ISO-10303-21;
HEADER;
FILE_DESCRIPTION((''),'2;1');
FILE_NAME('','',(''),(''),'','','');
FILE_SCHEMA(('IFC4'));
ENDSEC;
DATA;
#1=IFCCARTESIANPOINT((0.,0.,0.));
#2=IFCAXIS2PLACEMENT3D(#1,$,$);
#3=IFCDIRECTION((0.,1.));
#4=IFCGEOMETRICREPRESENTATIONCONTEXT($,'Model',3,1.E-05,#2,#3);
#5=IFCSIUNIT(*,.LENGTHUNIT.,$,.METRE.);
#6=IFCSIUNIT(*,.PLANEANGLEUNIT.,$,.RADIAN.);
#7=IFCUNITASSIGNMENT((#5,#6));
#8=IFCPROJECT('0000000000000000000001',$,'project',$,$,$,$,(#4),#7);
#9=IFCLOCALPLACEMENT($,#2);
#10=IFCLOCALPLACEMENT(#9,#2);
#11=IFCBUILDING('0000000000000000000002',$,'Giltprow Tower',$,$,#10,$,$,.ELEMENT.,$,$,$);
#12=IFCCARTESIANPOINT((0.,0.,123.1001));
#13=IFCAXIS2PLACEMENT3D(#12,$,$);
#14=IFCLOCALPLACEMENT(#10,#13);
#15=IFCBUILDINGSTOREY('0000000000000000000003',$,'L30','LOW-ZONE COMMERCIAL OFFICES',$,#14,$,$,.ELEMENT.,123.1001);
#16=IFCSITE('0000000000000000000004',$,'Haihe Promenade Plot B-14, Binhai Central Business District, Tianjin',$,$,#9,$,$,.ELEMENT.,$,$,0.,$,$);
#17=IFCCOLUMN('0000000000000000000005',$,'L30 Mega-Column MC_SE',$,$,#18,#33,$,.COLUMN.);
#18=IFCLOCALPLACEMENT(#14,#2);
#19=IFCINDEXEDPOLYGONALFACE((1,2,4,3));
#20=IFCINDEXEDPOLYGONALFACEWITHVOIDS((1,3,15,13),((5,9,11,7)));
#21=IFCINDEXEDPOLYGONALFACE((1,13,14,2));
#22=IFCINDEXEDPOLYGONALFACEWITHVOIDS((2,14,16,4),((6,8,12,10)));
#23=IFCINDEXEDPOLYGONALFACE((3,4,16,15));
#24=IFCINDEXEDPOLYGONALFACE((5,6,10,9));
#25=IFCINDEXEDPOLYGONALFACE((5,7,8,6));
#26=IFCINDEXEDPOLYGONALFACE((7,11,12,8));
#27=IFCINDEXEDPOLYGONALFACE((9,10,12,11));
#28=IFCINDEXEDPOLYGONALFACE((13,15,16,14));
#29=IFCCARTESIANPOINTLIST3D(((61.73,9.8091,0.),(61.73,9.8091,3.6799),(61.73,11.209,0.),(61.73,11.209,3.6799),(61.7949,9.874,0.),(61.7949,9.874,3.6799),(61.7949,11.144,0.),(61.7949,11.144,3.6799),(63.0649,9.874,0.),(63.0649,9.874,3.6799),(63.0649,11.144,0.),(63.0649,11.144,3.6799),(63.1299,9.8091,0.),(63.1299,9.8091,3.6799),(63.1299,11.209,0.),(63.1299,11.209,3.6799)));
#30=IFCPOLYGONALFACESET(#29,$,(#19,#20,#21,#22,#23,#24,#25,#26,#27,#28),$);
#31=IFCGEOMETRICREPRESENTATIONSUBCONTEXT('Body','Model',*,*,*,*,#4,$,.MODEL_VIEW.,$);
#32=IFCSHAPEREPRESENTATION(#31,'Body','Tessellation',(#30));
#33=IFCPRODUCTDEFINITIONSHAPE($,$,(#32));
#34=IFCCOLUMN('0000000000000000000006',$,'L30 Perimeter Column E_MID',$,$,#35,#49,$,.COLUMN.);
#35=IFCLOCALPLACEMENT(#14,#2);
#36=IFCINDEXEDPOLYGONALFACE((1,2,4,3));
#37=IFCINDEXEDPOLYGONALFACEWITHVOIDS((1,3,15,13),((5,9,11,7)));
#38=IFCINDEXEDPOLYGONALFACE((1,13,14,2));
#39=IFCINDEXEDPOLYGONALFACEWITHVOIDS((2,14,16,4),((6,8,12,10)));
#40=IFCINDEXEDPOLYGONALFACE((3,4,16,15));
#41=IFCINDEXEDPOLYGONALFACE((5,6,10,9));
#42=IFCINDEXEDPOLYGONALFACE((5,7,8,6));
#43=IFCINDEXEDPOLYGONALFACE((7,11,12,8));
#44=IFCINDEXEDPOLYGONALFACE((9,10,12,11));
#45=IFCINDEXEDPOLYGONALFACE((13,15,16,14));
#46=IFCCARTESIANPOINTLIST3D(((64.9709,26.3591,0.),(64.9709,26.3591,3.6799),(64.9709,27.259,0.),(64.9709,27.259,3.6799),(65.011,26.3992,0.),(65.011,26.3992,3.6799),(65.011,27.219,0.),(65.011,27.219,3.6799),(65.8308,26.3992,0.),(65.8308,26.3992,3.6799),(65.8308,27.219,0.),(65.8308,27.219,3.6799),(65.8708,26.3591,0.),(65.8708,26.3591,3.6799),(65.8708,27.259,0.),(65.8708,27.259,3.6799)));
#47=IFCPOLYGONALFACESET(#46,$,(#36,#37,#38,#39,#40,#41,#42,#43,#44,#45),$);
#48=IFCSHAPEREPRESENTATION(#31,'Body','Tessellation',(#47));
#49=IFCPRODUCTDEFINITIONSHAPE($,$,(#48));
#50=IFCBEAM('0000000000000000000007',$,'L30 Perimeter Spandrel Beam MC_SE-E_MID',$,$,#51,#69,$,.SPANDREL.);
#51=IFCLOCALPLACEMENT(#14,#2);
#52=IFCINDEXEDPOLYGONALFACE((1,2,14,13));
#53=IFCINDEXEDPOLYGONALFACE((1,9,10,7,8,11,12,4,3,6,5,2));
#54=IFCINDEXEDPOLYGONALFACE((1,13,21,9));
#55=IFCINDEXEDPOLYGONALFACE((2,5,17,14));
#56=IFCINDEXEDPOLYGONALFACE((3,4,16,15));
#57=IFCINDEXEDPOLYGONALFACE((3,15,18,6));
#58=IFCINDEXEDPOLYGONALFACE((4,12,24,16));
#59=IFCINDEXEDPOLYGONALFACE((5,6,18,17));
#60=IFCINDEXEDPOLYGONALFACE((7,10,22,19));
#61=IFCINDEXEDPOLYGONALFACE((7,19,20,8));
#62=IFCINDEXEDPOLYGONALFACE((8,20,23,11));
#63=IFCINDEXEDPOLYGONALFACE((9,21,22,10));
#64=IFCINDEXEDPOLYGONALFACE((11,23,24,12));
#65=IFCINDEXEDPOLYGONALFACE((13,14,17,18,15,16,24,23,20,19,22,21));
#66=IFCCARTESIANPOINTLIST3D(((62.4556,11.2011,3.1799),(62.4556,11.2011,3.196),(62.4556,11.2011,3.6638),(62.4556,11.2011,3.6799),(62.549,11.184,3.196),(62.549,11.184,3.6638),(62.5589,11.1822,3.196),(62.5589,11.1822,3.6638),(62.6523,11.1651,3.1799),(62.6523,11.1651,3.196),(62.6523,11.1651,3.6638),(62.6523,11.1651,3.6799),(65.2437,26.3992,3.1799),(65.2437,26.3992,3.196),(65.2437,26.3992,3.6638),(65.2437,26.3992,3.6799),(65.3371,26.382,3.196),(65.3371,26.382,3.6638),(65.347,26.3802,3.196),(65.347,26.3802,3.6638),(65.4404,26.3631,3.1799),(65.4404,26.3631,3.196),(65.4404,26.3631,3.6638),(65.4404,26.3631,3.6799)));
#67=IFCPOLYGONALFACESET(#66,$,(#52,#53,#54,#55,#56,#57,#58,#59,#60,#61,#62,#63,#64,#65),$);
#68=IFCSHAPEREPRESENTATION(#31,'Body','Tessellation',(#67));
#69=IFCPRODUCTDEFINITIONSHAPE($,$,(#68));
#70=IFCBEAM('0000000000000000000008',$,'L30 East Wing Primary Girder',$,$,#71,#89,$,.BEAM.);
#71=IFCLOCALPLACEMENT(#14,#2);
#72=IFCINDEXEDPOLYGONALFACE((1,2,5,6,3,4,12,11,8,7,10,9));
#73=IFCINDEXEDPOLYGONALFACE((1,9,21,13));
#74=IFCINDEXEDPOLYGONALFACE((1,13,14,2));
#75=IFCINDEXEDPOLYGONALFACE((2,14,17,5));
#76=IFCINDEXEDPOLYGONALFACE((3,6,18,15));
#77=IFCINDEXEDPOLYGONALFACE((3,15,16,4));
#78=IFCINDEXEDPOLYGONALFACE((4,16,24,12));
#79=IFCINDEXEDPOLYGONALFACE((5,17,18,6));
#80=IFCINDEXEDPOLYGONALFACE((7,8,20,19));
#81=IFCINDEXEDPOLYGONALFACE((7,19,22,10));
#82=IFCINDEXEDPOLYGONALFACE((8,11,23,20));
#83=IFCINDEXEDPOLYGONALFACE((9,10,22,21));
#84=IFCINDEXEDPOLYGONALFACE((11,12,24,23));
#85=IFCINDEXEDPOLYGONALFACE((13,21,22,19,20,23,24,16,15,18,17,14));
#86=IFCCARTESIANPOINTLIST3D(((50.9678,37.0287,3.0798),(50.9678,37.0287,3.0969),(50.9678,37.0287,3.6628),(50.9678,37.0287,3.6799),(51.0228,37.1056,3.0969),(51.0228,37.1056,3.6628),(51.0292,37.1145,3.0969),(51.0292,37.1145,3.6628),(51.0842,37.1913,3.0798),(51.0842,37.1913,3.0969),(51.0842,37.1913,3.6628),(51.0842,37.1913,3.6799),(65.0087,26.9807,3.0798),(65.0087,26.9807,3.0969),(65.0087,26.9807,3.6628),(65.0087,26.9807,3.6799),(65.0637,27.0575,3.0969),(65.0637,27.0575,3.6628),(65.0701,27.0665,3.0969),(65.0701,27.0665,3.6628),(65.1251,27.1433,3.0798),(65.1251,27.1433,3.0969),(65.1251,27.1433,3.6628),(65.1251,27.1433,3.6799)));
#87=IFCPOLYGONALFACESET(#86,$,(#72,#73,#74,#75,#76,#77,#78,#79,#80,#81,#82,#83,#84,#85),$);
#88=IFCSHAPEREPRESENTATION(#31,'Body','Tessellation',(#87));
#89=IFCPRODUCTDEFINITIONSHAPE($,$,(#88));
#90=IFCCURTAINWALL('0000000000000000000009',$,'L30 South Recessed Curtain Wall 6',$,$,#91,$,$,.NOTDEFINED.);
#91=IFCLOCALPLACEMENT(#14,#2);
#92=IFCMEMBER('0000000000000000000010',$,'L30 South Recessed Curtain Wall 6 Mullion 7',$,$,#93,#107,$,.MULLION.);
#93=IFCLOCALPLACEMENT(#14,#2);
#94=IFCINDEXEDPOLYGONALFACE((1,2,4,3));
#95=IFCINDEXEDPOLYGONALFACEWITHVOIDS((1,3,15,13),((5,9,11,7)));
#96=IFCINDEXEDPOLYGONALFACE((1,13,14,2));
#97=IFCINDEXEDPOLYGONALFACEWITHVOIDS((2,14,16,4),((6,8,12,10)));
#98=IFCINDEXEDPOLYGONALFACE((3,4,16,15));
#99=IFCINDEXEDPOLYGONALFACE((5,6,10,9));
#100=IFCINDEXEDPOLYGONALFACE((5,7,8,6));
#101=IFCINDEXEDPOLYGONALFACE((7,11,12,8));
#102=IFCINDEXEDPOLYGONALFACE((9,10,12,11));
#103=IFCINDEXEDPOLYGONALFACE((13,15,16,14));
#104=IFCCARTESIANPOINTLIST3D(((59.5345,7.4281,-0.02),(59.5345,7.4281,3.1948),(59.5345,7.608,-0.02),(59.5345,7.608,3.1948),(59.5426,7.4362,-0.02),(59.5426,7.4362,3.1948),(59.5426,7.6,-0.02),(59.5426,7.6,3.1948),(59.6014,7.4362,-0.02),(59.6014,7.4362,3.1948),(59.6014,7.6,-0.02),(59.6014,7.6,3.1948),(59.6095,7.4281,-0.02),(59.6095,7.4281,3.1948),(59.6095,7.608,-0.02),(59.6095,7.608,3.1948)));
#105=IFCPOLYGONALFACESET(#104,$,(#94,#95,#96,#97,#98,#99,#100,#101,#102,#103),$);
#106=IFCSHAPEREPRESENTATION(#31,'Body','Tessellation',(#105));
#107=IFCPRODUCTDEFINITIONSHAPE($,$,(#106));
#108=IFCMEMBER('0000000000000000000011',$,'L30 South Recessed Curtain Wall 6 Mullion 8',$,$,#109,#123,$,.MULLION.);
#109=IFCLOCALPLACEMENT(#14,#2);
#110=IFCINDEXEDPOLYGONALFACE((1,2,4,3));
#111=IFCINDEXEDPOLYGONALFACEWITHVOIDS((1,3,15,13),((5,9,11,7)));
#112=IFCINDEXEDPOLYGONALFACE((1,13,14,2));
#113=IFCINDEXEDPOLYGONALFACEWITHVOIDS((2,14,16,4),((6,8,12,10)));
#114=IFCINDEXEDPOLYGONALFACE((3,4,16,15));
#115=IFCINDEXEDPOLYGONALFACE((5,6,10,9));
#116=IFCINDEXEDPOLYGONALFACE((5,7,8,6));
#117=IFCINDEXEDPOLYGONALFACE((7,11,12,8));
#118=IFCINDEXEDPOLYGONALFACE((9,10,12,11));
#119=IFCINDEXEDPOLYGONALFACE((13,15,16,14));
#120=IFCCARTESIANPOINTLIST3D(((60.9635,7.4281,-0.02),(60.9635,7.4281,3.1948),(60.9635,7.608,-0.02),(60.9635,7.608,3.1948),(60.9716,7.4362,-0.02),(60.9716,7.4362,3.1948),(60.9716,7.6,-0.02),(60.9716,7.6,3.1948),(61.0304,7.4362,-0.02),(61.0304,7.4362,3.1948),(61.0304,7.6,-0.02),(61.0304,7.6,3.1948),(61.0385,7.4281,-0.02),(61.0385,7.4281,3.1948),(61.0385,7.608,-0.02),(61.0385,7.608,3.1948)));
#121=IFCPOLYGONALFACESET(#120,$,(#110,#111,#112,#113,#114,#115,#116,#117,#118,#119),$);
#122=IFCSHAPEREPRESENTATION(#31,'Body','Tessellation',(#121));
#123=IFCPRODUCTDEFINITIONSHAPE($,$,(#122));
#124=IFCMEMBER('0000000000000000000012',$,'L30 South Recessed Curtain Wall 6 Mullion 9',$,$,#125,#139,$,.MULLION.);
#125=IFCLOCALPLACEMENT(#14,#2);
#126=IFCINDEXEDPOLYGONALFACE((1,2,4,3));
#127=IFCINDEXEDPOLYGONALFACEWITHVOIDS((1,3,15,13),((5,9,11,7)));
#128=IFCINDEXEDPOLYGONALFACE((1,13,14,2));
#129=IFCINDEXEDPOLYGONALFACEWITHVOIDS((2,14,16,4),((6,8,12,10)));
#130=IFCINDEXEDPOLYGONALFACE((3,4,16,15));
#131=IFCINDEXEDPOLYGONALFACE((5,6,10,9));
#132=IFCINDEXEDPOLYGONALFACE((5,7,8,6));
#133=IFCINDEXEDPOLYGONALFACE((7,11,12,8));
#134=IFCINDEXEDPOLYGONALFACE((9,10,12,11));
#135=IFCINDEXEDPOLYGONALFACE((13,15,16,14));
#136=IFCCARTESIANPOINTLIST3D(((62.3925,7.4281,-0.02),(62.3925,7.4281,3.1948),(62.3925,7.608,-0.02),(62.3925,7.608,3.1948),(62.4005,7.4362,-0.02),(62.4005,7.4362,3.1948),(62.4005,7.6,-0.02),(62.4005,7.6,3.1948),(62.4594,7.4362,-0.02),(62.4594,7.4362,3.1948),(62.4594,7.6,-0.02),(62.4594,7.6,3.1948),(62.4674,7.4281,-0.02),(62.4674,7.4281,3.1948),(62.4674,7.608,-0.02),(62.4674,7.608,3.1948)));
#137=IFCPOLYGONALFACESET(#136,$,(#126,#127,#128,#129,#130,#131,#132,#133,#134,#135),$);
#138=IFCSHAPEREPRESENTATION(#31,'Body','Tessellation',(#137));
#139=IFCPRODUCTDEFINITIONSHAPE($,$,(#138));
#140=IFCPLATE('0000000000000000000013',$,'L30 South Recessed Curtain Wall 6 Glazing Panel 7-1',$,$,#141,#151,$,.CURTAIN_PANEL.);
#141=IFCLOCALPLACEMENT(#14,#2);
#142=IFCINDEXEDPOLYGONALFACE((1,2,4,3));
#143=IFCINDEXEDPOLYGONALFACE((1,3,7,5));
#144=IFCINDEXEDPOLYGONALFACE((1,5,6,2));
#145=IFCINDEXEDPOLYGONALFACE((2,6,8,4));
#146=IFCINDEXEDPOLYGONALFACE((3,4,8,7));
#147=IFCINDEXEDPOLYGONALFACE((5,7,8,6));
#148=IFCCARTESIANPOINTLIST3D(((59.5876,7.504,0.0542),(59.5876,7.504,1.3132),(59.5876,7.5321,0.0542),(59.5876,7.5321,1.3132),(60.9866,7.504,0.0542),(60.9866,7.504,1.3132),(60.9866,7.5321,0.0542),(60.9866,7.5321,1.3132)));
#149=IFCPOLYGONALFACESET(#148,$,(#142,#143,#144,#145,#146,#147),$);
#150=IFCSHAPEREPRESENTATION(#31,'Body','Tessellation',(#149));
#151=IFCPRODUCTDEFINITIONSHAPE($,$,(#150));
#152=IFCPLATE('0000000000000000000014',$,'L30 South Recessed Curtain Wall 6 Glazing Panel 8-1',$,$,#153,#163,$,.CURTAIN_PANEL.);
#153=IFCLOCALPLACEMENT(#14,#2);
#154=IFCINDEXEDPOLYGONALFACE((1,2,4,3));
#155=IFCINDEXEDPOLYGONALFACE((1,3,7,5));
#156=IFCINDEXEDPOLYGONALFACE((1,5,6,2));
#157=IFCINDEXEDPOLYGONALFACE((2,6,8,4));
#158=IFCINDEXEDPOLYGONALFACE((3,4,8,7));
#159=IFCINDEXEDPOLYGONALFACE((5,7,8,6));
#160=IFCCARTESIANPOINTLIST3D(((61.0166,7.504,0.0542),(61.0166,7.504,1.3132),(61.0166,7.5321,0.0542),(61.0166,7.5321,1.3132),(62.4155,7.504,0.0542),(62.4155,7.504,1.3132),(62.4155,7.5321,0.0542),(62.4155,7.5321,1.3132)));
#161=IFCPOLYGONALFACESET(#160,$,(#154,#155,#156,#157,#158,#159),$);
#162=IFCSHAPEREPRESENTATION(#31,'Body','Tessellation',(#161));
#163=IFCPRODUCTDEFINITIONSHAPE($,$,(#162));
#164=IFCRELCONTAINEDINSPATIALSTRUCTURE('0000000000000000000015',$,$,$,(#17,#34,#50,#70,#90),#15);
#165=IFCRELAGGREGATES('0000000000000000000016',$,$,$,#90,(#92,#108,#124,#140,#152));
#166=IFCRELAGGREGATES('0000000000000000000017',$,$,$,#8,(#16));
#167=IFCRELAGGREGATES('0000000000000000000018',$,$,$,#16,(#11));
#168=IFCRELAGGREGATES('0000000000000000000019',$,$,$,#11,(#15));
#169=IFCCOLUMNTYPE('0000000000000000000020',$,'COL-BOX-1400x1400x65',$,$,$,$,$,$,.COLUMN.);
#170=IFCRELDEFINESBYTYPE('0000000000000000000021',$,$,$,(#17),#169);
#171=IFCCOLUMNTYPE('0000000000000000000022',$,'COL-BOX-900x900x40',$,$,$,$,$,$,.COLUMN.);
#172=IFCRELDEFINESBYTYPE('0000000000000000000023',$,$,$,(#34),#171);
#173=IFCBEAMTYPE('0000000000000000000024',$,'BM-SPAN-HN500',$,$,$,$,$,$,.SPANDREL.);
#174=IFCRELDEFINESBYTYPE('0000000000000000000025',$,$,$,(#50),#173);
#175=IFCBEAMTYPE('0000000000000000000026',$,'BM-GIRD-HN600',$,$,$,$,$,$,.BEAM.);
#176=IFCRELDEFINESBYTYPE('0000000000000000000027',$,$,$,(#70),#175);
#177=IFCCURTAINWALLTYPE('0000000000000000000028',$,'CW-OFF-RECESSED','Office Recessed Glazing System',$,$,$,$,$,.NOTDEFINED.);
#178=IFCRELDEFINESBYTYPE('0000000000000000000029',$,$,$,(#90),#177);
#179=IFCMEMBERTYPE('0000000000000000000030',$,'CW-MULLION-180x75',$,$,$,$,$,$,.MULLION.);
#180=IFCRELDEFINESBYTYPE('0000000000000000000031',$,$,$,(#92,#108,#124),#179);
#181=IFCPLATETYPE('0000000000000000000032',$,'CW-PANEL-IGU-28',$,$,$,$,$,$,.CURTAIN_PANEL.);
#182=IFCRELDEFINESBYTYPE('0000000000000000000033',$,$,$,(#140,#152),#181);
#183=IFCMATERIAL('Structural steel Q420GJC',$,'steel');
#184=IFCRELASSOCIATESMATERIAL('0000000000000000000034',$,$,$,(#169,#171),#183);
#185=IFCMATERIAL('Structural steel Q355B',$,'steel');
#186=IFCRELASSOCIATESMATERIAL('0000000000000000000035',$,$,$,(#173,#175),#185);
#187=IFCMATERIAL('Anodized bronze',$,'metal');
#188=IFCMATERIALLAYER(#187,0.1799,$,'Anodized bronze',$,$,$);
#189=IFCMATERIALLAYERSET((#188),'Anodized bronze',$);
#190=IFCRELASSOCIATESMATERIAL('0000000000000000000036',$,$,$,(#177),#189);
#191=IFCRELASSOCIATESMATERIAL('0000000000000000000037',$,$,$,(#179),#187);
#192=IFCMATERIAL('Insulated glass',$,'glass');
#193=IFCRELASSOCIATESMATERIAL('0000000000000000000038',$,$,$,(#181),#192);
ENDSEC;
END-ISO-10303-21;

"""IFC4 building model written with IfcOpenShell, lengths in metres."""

from ifc_helpers import new_model, si_unit, direction, frame, origin, origin_2d, place, context, subcontext, project, spatial, rectangle, hollow_rectangle, i_section, extrude, source, transform, mapped, material, layer, layer_set, material_profile, profile_set, type_object, element, aggregate, save


model = new_model("IFC4")

# Units and contexts
model_context = context("Model", 3, precision=1e-05, world=origin(), true_north=direction((0.0, 1.0)))
body_context = subcontext(model_context, "Body", "Model", "MODEL_VIEW")
ifc_project = project(units=[si_unit("LENGTHUNIT", "METRE"), si_unit("PLANEANGLEUNIT", "RADIAN")], contexts=[model_context])

# Site, building, storey
site_placement = place(None, origin())
site = spatial("IfcSite", under=ifc_project, at=site_placement, Name="Haihe Promenade Plot B-14, Binhai Central Business District, Tianjin", CompositionType="ELEMENT", RefElevation=0.0)
building_placement = place(site_placement, origin())
building = spatial("IfcBuilding", under=site, at=building_placement, Name="Giltprow Tower", CompositionType="ELEMENT")
storey_placement = place(building_placement, frame((0.0, 0.0, 123.1001)))
storey = spatial("IfcBuildingStorey", under=building, at=storey_placement, Name="L30", Description="LOW-ZONE COMMERCIAL OFFICES", CompositionType="ELEMENT", Elevation=123.1001)

# Columns
ifc_material_1 = material(Name="Structural steel Q420GJC", Category="steel")
ifc_material_profile_1 = material_profile(ifc_material_1, hollow_rectangle(XDim=1.3999, YDim=1.3999, WallThickness=0.0649, at=origin_2d()), Name="BOX 1400x1400x65")
ifc_profile_set_1 = profile_set([ifc_material_profile_1], Name="Structural steel Q420GJC")
column_type_1 = type_object("IfcColumnType", Name="COL-BOX-1400x1400x65", PredefinedType="COLUMN", material=ifc_profile_set_1)
shared_shape_1 = source(origin(), body_context, "Body", "SweptSolid", [
    extrude(hollow_rectangle(XDim=1.3999, YDim=1.3999, WallThickness=0.0649, at=origin_2d()), origin(), (0.0, 0.0, 1.0), 3.6799),
])
column_1_placement = place(storey_placement, frame((62.4299, 10.509, 0.0), z_axis=(0.0, 0.0, 1.0), x_axis=(1.0, 0.0, 0.0)))
element("IfcColumn", 1, at=column_1_placement, inside=storey, type_object=column_type_1, Name="L30 Mega-Column MC_SE", PredefinedType="COLUMN", context=body_context, shape_type="MappedRepresentation", body=[
    mapped(shared_shape_1, transform((0.0, 0.0, 0.0), x_axis=(1.0, 0.0, 0.0), y_axis=(0.0, 1.0, 0.0), z_axis=(0.0, 0.0, 1.0), scale=1.0)),
])
ifc_material_profile_2 = material_profile(ifc_material_1, hollow_rectangle(XDim=0.8999, YDim=0.8999, WallThickness=0.04, at=origin_2d()), Name="BOX 900x900x40")
ifc_profile_set_2 = profile_set([ifc_material_profile_2], Name="Structural steel Q420GJC")
column_type_2 = type_object("IfcColumnType", Name="COL-BOX-900x900x40", PredefinedType="COLUMN", material=ifc_profile_set_2)
shared_shape_2 = source(origin(), body_context, "Body", "SweptSolid", [
    extrude(hollow_rectangle(XDim=0.8999, YDim=0.8999, WallThickness=0.04, at=origin_2d()), origin(), (0.0, 0.0, 1.0), 3.6799),
])
column_2_placement = place(storey_placement, frame((65.4209, 26.8091, 0.0), z_axis=(0.0, 0.0, 1.0), x_axis=(1.0, 0.0, 0.0)))
element("IfcColumn", 2, at=column_2_placement, inside=storey, type_object=column_type_2, Name="L30 Perimeter Column E_MID", PredefinedType="COLUMN", context=body_context, shape_type="MappedRepresentation", body=[
    mapped(shared_shape_2, transform((0.0, 0.0, 0.0), x_axis=(1.0, 0.0, 0.0), y_axis=(0.0, 1.0, 0.0), z_axis=(0.0, 0.0, 1.0), scale=1.0)),
])

# Beams
ifc_material_2 = material(Name="Structural steel Q355B", Category="steel")
ifc_material_profile_3 = material_profile(ifc_material_2, i_section(OverallWidth=0.2, OverallDepth=0.5, WebThickness=0.01, FlangeThickness=0.0161, at=origin_2d()), Name="HN 500x200x10x16")
ifc_profile_set_3 = profile_set([ifc_material_profile_3], Name="Structural steel Q355B")
beam_type_1 = type_object("IfcBeamType", Name="BM-SPAN-HN500", PredefinedType="SPANDREL", material=ifc_profile_set_3)
shared_shape_3 = source(origin(), body_context, "Body", "SweptSolid", [
    extrude(i_section(OverallWidth=0.2, OverallDepth=0.5, WebThickness=0.01, FlangeThickness=0.0161, at=origin_2d()), origin(), (0.0, 0.0, 1.0), 15.4517),
])
beam_1_placement = place(storey_placement, frame((62.554, 11.1831, 3.4299), z_axis=(0.18044, 0.983586, 0.0), x_axis=(-0.983586, 0.18044, 0.0)))
element("IfcBeam", 3, at=beam_1_placement, inside=storey, type_object=beam_type_1, Name="L30 Perimeter Spandrel Beam MC_SE-E_MID", PredefinedType="SPANDREL", context=body_context, shape_type="MappedRepresentation", body=[
    mapped(shared_shape_3, transform((0.0, 0.0, 0.0), x_axis=(1.0, 0.0, 0.0), y_axis=(0.0, 1.0, 0.0), z_axis=(0.0, 0.0, 1.0), scale=1.0)),
])
ifc_material_profile_4 = material_profile(ifc_material_2, i_section(OverallWidth=0.2, OverallDepth=0.6001, WebThickness=0.011, FlangeThickness=0.0171, at=origin_2d()), Name="HN 600x200x11x17")
ifc_profile_set_4 = profile_set([ifc_material_profile_4], Name="Structural steel Q355B")
beam_type_2 = type_object("IfcBeamType", Name="BM-GIRD-HN600", PredefinedType="BEAM", material=ifc_profile_set_4)
shared_shape_4 = source(origin(), body_context, "Body", "SweptSolid", [
    extrude(i_section(OverallWidth=0.2, OverallDepth=0.6001, WebThickness=0.011, FlangeThickness=0.0171, at=origin_2d()), origin(), (0.0, 0.0, 1.0), 17.2659),
])
beam_2_placement = place(storey_placement, frame((65.0669, 27.062, 3.3799), z_axis=(-0.813218, 0.581959, 0.0), x_axis=(-0.581959, -0.813218, 0.0)))
element("IfcBeam", 4, at=beam_2_placement, inside=storey, type_object=beam_type_2, Name="L30 East Wing Primary Girder", PredefinedType="BEAM", context=body_context, shape_type="MappedRepresentation", body=[
    mapped(shared_shape_4, transform((0.0, 0.0, 0.0), x_axis=(1.0, 0.0, 0.0), y_axis=(0.0, 1.0, 0.0), z_axis=(0.0, 0.0, 1.0), scale=1.0)),
])

# Curtain wall, members, plates
ifc_material_3 = material(Name="Anodized bronze", Category="metal")
ifc_layer_1 = layer(ifc_material_3, 0.1799, Name="Anodized bronze")
ifc_layer_set_1 = layer_set([ifc_layer_1], Name="Anodized bronze")
curtain_wall_type = type_object("IfcCurtainWallType", Name="CW-OFF-RECESSED", Description="Office Recessed Glazing System", PredefinedType="NOTDEFINED", material=ifc_layer_set_1)
curtain_wall_placement = place(storey_placement, origin())
curtain_wall = element("IfcCurtainWall", 5, at=curtain_wall_placement, inside=storey, type_object=curtain_wall_type, Name="L30 South Recessed Curtain Wall 6", PredefinedType="NOTDEFINED")
ifc_material_profile_5 = material_profile(ifc_material_3, hollow_rectangle(XDim=0.075, YDim=0.1799, WallThickness=0.0081, at=origin_2d()), Name="RHS 180x75x8")
ifc_profile_set_5 = profile_set([ifc_material_profile_5], Name="Anodized bronze")
member_type = type_object("IfcMemberType", Name="CW-MULLION-180x75", PredefinedType="MULLION", material=ifc_profile_set_5)
shared_shape_5 = source(origin(), body_context, "Body", "SweptSolid", [
    extrude(hollow_rectangle(XDim=0.075, YDim=0.1799, WallThickness=0.0081, at=origin_2d()), origin(), (0.0, 0.0, 1.0), 3.2148),
])
member_1_placement = place(storey_placement, frame((59.572, 7.5181, -0.02), z_axis=(0.0, 0.0, 1.0), x_axis=(1.0, 0.0, 0.0)))
member_1 = element("IfcMember", 6, at=member_1_placement, type_object=member_type, Name="L30 South Recessed Curtain Wall 6 Mullion 7", PredefinedType="MULLION", context=body_context, shape_type="MappedRepresentation", body=[
    mapped(shared_shape_5, transform((0.0, 0.0, 0.0), x_axis=(1.0, 0.0, 0.0), y_axis=(0.0, 1.0, 0.0), z_axis=(0.0, 0.0, 1.0), scale=1.0)),
])
member_2_placement = place(storey_placement, frame((61.001, 7.5181, -0.02), z_axis=(0.0, 0.0, 1.0), x_axis=(1.0, 0.0, 0.0)))
member_2 = element("IfcMember", 7, at=member_2_placement, type_object=member_type, Name="L30 South Recessed Curtain Wall 6 Mullion 8", PredefinedType="MULLION", context=body_context, shape_type="MappedRepresentation", body=[
    mapped(shared_shape_5, transform((0.0, 0.0, 0.0), x_axis=(1.0, 0.0, 0.0), y_axis=(0.0, 1.0, 0.0), z_axis=(0.0, 0.0, 1.0), scale=1.0)),
])
member_3_placement = place(storey_placement, frame((62.4299, 7.5181, -0.02), z_axis=(0.0, 0.0, 1.0), x_axis=(1.0, 0.0, 0.0)))
member_3 = element("IfcMember", 8, at=member_3_placement, type_object=member_type, Name="L30 South Recessed Curtain Wall 6 Mullion 9", PredefinedType="MULLION", context=body_context, shape_type="MappedRepresentation", body=[
    mapped(shared_shape_5, transform((0.0, 0.0, 0.0), x_axis=(1.0, 0.0, 0.0), y_axis=(0.0, 1.0, 0.0), z_axis=(0.0, 0.0, 1.0), scale=1.0)),
])
ifc_material_4 = material(Name="Insulated glass", Category="glass")
plate_type = type_object("IfcPlateType", Name="CW-PANEL-IGU-28", PredefinedType="CURTAIN_PANEL", material=ifc_material_4)
shared_shape_6 = source(origin(), body_context, "Body", "SweptSolid", [
    extrude(rectangle(XDim=1.3989, YDim=0.0281, at=origin_2d()), origin(), (0.0, 0.0, 1.0), 1.259),
])
plate_1_placement = place(storey_placement, frame((60.2871, 7.5181, 0.0542), z_axis=(0.0, 0.0, 1.0), x_axis=(1.0, 0.0, 0.0)))
plate_1 = element("IfcPlate", 9, at=plate_1_placement, type_object=plate_type, Name="L30 South Recessed Curtain Wall 6 Glazing Panel 7-1", PredefinedType="CURTAIN_PANEL", context=body_context, shape_type="MappedRepresentation", body=[
    mapped(shared_shape_6, transform((0.0, 0.0, 0.0), x_axis=(1.0, 0.0, 0.0), y_axis=(0.0, 1.0, 0.0), z_axis=(0.0, 0.0, 1.0), scale=1.0)),
])
plate_2_placement = place(storey_placement, frame((61.7161, 7.5181, 0.0542), z_axis=(0.0, 0.0, 1.0), x_axis=(1.0, 0.0, 0.0)))
plate_2 = element("IfcPlate", 10, at=plate_2_placement, type_object=plate_type, Name="L30 South Recessed Curtain Wall 6 Glazing Panel 8-1", PredefinedType="CURTAIN_PANEL", context=body_context, shape_type="MappedRepresentation", body=[
    mapped(shared_shape_6, transform((0.0, 0.0, 0.0), x_axis=(1.0, 0.0, 0.0), y_axis=(0.0, 1.0, 0.0), z_axis=(0.0, 0.0, 1.0), scale=1.0)),
])
aggregate(curtain_wall, [member_1, member_2, member_3, plate_1, plate_2])

save(model, "model.ifc")
